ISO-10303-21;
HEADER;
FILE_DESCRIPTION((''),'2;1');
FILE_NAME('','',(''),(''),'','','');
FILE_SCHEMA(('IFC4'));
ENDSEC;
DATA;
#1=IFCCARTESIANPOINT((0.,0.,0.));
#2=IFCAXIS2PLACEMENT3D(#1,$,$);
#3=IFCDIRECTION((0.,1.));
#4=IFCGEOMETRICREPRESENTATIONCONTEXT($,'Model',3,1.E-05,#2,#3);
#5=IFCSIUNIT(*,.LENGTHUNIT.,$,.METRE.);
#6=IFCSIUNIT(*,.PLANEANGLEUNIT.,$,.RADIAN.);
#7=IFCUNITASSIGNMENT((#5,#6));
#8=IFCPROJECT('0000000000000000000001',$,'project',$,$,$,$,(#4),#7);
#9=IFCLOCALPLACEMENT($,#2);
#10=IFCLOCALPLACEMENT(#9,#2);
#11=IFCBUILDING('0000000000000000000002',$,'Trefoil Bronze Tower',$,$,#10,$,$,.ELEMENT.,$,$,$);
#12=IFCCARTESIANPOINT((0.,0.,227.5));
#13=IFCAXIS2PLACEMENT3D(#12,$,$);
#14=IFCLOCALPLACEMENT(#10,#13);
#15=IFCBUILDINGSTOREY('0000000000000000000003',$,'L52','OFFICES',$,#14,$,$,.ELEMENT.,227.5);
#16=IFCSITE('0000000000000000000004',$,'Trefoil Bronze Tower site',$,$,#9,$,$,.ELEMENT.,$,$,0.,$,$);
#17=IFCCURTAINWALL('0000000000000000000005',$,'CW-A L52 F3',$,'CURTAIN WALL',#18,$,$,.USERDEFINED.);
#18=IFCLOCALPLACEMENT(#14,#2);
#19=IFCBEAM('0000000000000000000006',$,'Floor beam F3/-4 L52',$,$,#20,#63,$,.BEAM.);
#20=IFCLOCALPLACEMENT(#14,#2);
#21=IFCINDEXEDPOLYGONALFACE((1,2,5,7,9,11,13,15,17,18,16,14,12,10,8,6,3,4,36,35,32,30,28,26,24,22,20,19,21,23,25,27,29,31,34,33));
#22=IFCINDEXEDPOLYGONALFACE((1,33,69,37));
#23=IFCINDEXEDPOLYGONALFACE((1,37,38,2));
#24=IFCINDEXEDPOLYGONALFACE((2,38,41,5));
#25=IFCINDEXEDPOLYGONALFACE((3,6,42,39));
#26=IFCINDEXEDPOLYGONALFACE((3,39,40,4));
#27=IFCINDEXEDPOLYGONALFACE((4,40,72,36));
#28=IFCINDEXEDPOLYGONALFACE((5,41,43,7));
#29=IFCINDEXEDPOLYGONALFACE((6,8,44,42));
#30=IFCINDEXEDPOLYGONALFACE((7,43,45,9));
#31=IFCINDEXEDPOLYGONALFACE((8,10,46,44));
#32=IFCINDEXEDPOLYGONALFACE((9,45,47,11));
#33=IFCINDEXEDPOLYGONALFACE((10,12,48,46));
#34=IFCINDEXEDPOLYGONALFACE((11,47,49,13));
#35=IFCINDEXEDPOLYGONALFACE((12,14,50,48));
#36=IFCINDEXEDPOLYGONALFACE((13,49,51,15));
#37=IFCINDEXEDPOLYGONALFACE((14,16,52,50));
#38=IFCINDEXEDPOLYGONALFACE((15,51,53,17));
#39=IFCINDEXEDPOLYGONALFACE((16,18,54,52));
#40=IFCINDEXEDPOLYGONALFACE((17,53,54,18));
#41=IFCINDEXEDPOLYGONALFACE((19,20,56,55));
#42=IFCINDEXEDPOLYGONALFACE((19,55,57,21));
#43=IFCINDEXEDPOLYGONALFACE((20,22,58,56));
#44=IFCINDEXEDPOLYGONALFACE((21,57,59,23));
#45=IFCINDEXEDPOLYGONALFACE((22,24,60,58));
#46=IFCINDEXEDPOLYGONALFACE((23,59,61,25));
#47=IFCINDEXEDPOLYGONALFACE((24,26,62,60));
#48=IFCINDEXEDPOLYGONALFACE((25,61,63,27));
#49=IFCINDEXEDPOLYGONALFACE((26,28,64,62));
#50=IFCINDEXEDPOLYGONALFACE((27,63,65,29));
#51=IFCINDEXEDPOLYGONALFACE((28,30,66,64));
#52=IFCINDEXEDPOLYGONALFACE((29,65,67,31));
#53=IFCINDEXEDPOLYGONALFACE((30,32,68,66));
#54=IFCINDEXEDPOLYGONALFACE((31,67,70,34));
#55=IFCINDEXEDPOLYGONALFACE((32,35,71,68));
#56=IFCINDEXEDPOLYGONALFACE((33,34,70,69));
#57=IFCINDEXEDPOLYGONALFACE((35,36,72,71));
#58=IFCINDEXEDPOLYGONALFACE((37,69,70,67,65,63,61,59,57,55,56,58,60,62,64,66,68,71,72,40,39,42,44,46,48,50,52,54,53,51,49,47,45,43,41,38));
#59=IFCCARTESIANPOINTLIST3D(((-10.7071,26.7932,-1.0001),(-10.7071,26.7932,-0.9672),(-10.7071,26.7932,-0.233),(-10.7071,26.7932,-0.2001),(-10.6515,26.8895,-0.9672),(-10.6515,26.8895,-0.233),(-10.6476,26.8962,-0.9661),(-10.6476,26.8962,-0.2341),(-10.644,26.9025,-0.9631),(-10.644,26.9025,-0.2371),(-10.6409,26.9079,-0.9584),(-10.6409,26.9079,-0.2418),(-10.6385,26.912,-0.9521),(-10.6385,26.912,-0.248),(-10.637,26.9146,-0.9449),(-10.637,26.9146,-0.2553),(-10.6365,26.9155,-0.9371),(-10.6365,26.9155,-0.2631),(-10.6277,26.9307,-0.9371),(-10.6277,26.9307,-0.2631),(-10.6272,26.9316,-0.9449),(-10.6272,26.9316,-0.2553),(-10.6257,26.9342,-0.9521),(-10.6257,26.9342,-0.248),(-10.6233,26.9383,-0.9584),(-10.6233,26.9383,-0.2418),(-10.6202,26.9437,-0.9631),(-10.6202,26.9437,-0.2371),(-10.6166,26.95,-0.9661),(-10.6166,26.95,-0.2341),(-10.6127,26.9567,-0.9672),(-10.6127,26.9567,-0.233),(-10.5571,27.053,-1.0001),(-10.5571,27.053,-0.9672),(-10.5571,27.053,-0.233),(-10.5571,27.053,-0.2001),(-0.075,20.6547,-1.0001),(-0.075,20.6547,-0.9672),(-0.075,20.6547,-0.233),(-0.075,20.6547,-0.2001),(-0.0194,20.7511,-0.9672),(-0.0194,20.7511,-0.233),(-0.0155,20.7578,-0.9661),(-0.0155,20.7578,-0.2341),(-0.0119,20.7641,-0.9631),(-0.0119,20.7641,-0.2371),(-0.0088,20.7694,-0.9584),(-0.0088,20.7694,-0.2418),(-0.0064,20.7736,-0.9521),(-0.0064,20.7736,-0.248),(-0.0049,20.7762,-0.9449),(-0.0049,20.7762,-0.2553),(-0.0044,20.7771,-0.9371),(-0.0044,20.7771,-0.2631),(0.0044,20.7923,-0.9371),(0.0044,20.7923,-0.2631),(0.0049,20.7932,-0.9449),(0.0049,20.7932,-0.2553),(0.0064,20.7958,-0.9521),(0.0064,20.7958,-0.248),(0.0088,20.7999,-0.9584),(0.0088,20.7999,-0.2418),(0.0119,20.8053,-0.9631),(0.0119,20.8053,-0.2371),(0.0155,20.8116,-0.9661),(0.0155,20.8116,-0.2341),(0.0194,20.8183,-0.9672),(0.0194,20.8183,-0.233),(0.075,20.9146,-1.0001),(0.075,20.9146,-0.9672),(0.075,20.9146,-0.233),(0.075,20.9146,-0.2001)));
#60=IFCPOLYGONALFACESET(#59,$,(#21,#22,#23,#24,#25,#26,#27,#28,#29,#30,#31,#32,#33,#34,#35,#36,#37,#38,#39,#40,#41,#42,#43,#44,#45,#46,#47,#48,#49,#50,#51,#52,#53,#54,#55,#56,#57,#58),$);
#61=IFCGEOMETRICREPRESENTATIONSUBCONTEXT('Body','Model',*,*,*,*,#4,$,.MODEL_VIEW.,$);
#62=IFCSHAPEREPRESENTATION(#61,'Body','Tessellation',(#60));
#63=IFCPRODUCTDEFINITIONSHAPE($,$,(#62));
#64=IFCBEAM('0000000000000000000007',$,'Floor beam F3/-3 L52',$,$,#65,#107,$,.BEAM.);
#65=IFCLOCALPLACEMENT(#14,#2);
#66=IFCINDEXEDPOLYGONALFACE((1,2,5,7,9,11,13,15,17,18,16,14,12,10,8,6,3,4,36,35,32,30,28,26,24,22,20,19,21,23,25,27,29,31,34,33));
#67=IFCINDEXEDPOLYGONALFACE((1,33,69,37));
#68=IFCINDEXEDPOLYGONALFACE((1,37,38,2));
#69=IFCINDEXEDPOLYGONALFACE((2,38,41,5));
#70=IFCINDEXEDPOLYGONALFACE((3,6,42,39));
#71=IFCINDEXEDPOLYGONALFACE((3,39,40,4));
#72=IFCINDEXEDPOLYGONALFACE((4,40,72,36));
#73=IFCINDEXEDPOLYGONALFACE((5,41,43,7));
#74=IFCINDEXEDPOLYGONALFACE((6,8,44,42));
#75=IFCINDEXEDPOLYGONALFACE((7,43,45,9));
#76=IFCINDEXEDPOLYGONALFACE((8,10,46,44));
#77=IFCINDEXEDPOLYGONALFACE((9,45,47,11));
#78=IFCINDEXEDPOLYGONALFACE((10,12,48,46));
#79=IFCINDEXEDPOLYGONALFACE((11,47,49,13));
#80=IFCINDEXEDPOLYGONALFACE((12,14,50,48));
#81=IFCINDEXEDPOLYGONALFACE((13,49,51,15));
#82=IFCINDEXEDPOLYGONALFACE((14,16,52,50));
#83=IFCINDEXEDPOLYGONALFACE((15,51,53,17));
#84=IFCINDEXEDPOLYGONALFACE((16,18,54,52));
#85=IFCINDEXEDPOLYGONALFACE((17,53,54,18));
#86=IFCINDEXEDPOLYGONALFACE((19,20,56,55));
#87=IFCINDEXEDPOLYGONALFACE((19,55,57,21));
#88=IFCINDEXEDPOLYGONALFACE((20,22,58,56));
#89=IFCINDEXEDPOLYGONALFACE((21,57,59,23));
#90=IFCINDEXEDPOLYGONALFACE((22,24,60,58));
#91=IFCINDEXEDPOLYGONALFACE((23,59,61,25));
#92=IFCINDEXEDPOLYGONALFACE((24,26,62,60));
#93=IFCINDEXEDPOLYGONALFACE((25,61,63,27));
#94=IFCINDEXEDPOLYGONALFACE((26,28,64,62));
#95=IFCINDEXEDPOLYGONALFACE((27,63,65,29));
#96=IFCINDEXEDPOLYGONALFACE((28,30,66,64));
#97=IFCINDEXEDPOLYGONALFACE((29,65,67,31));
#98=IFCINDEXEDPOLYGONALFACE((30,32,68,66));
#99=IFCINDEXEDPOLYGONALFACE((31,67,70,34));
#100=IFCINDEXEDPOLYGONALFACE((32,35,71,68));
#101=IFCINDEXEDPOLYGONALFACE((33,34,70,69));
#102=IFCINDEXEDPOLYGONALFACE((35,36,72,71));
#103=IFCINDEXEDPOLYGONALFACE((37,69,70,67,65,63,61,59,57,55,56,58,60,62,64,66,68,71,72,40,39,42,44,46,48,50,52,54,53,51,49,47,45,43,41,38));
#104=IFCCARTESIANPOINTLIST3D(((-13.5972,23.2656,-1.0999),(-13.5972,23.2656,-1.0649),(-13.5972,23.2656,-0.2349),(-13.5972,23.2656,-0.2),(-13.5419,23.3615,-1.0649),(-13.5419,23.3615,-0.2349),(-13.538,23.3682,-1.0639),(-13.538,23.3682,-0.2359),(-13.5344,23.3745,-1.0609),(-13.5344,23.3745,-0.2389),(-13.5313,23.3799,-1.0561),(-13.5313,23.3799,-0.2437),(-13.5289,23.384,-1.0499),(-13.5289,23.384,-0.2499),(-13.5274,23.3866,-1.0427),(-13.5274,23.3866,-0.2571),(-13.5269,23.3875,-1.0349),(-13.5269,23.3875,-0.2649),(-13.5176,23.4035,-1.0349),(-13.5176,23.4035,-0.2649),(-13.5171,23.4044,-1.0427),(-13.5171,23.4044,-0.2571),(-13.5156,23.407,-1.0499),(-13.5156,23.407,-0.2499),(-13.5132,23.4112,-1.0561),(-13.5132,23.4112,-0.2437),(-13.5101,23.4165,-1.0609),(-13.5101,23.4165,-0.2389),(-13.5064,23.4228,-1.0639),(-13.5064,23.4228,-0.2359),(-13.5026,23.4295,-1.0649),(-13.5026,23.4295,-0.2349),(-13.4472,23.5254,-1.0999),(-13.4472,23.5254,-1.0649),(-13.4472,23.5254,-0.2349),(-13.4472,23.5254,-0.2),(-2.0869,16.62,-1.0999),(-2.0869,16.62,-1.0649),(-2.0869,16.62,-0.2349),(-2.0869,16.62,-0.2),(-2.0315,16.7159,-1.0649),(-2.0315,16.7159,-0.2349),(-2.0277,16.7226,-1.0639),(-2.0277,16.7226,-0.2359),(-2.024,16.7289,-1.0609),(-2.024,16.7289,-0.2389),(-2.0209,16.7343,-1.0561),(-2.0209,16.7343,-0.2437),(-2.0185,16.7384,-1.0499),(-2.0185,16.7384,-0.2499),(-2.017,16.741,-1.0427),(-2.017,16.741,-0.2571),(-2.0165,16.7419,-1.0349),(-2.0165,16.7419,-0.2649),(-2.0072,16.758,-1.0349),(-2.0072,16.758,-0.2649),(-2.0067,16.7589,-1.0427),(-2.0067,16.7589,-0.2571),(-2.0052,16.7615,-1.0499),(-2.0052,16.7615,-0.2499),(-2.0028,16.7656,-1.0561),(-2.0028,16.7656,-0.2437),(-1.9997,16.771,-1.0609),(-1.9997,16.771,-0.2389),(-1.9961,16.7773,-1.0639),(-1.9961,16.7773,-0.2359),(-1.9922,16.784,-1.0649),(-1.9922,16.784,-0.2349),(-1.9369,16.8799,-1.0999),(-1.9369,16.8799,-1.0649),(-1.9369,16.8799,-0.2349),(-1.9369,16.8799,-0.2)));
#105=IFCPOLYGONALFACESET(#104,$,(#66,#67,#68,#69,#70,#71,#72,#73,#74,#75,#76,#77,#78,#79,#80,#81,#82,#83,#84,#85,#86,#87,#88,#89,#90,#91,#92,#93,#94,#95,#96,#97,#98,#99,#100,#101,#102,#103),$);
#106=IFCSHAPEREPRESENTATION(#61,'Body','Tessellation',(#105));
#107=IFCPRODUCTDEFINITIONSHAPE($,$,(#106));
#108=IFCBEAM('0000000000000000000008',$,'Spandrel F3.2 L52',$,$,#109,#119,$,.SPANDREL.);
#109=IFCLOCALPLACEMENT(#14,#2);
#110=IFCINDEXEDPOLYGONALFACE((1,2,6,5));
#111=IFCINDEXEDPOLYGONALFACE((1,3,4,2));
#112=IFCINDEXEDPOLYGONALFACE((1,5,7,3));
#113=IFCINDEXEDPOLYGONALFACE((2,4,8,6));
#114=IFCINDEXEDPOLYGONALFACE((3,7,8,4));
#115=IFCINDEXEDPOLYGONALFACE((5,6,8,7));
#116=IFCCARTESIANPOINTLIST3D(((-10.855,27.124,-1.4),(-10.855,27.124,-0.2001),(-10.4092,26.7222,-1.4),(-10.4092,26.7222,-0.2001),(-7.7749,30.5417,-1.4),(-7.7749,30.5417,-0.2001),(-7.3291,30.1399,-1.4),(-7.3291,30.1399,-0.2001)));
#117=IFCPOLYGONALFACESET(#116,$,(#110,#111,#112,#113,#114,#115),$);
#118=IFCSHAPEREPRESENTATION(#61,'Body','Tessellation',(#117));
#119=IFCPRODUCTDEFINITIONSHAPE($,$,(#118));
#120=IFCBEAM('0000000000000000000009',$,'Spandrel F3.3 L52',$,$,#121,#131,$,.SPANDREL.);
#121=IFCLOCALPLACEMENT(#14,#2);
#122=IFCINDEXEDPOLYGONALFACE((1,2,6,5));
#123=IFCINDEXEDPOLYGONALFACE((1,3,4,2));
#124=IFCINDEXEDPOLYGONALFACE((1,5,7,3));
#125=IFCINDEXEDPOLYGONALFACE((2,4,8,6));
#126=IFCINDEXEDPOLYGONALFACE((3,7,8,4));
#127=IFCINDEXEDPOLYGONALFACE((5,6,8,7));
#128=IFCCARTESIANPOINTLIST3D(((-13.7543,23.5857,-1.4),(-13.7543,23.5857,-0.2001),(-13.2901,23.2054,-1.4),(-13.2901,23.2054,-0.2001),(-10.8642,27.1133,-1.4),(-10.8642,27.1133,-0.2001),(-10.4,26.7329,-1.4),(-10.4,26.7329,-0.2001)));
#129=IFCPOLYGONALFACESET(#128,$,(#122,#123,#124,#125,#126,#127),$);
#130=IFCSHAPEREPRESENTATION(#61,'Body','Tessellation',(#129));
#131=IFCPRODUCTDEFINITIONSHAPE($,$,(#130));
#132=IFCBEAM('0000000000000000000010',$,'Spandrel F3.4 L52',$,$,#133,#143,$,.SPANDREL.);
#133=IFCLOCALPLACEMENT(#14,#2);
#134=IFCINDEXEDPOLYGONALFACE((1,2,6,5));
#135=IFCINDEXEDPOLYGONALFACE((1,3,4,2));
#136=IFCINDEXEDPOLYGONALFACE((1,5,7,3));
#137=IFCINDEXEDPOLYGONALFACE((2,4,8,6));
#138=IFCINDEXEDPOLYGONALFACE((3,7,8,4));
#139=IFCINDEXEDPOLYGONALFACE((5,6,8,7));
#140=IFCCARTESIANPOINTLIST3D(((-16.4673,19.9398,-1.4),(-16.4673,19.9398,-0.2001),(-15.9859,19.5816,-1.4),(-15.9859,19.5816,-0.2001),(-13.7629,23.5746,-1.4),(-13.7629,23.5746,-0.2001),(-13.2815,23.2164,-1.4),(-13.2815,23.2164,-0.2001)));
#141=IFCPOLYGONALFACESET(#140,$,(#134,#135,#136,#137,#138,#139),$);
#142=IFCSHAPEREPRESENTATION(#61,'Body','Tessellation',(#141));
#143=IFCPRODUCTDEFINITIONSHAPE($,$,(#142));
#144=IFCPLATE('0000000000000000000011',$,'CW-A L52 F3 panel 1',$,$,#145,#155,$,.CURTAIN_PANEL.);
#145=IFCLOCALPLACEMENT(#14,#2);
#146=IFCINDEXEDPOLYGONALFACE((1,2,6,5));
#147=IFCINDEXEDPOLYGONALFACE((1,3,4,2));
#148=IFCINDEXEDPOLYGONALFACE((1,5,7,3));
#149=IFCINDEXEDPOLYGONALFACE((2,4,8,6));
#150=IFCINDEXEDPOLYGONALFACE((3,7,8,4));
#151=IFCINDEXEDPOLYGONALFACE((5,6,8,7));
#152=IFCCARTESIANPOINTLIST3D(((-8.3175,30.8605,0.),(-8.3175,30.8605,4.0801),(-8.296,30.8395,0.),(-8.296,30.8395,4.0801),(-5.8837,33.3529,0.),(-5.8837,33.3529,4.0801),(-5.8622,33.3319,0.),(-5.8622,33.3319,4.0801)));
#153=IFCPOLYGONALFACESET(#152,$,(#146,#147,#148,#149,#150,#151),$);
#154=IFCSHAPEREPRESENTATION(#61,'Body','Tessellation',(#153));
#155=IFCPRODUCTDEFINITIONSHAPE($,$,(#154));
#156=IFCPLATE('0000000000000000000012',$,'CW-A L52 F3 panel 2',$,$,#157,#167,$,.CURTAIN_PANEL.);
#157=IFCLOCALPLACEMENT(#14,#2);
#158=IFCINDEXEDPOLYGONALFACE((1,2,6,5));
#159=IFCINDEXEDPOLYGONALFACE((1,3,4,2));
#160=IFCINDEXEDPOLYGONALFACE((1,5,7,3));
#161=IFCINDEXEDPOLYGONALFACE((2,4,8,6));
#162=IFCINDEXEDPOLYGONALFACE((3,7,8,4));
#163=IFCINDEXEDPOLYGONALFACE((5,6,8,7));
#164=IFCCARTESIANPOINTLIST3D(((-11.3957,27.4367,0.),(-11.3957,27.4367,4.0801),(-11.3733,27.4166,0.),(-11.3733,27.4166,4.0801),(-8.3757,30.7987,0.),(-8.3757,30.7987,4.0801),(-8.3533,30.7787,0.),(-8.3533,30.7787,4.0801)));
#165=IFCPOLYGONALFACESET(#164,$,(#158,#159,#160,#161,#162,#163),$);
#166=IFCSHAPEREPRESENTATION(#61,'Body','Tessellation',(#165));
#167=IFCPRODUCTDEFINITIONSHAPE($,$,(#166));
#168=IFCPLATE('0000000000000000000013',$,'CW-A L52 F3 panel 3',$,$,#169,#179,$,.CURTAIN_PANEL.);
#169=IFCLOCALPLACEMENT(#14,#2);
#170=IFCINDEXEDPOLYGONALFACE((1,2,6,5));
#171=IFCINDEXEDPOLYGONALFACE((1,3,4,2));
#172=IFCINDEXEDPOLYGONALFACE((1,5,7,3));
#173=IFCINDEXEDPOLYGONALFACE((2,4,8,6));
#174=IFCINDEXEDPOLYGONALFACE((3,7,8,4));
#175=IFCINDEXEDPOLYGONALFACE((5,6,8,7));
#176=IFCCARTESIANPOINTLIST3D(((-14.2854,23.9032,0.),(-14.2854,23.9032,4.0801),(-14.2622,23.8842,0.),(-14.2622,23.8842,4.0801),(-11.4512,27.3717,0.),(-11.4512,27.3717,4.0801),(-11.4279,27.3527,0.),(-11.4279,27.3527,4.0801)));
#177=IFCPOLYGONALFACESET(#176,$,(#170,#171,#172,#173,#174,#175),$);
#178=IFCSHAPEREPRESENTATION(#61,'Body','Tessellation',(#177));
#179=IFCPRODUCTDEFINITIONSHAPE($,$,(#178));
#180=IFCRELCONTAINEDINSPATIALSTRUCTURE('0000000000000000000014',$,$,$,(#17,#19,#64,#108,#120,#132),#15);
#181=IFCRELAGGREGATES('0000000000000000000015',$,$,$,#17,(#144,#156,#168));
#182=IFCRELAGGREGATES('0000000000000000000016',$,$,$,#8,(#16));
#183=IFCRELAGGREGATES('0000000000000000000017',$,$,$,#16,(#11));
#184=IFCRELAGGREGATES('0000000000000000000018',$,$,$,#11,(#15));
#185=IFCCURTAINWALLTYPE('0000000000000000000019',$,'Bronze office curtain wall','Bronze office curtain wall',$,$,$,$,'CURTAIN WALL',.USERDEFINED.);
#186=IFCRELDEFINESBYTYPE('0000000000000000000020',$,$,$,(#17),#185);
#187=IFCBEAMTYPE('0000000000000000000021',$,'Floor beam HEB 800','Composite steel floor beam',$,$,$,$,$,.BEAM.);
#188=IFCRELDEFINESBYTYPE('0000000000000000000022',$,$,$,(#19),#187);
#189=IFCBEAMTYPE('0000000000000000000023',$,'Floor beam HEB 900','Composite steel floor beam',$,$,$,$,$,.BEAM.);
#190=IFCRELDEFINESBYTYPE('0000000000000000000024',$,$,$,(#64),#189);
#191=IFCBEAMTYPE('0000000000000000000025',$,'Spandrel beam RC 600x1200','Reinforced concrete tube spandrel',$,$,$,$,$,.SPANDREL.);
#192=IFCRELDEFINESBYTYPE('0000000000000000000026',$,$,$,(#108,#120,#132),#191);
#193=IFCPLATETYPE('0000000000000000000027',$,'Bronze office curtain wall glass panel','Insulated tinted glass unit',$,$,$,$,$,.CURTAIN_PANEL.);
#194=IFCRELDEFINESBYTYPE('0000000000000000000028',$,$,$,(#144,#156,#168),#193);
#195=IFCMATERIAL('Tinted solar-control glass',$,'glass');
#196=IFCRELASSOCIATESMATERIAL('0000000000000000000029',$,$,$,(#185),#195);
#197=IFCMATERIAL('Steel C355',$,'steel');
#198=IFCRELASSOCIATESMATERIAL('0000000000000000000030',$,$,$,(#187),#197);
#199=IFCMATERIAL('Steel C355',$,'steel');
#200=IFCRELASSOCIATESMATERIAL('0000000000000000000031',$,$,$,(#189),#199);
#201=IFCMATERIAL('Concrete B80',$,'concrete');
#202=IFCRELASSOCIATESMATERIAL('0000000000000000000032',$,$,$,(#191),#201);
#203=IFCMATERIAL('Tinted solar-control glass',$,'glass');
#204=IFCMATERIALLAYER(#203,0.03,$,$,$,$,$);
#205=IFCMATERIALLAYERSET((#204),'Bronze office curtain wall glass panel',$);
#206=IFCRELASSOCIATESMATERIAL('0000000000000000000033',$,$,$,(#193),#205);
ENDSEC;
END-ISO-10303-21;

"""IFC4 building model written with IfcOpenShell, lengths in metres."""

from ifc_helpers import new_model, si_unit, direction, frame, origin, origin_2d, place, context, subcontext, project, spatial, rectangle, i_section, extrude, material, layer, layer_set, material_profile, profile_set, type_object, element, aggregate, save


model = new_model("IFC4")

# Units and contexts
model_context = context("Model", 3, precision=1e-05, world=origin(), true_north=direction((0.0, 1.0)))
body_context = subcontext(model_context, "Body", "Model", "MODEL_VIEW")
ifc_project = project(units=[si_unit("LENGTHUNIT", "METRE"), si_unit("PLANEANGLEUNIT", "RADIAN")], contexts=[model_context])

# Site, building, storey
site_placement = place(None, origin())
site = spatial("IfcSite", under=ifc_project, at=site_placement, Name="Trefoil Bronze Tower site", CompositionType="ELEMENT", RefElevation=0.0)
building_placement = place(site_placement, origin())
building = spatial("IfcBuilding", under=site, at=building_placement, Name="Trefoil Bronze Tower", CompositionType="ELEMENT")
storey_placement = place(building_placement, frame((0.0, 0.0, 227.5)))
storey = spatial("IfcBuildingStorey", under=building, at=storey_placement, Name="L52", Description="OFFICES", CompositionType="ELEMENT", Elevation=227.5)

# Curtain wall
ifc_material_1 = material(Name="Tinted solar-control glass", Category="glass")
curtain_wall_type_1 = type_object("IfcCurtainWallType", Name="Bronze office curtain wall", Description="Bronze office curtain wall", ElementType="CURTAIN WALL", PredefinedType="USERDEFINED", material=ifc_material_1)
curtain_wall_1_placement = place(storey_placement, origin())
curtain_wall_1 = element("IfcCurtainWall", 1, at=curtain_wall_1_placement, inside=storey, type_object=curtain_wall_type_1, Name="CW-A L52 F3", ObjectType="CURTAIN WALL", PredefinedType="USERDEFINED")

# Beams
ifc_material_2 = material(Name="Steel C355", Category="steel")
ifc_material_profile_1 = material_profile(ifc_material_2, i_section(OverallWidth=0.3, OverallDepth=0.8, WebThickness=0.0176, FlangeThickness=0.033, FilletRadius=0.03, at=origin_2d()), Name="HEB 800")
ifc_profile_set_1 = profile_set([ifc_material_profile_1], Name="Steel C355")
beam_type_1 = type_object("IfcBeamType", Name="Floor beam HEB 800", Description="Composite steel floor beam", PredefinedType="BEAM", material=ifc_profile_set_1)
beam_1_placement = place(storey_placement, frame((-10.6321, 26.9231, -0.6001), z_axis=(0.866026, -0.5, 0.0), x_axis=(0.5, 0.866026, 0.0)))
element("IfcBeam", 2, at=beam_1_placement, inside=storey, type_object=beam_type_1, Name="Floor beam F3/-4 L52", PredefinedType="BEAM", context=body_context, shape_type="SweptSolid", body=[
    extrude(i_section(OverallWidth=0.3, OverallDepth=0.8, WebThickness=0.0176, FlangeThickness=0.033, FilletRadius=0.03, at=origin_2d()), origin(), (0.0, 0.0, 1.0), 12.2769),
])
ifc_material_3 = material(Name="Steel C355", Category="steel")
ifc_material_profile_2 = material_profile(ifc_material_3, i_section(OverallWidth=0.3, OverallDepth=0.8999, WebThickness=0.0186, FlangeThickness=0.0349, FilletRadius=0.03, at=origin_2d()), Name="HEB 900")
ifc_profile_set_2 = profile_set([ifc_material_profile_2], Name="Steel C355")
beam_type_2 = type_object("IfcBeamType", Name="Floor beam HEB 900", Description="Composite steel floor beam", PredefinedType="BEAM", material=ifc_profile_set_2)
beam_2_placement = place(storey_placement, frame((-13.5222, 23.3955, -0.6499), z_axis=(0.866023, -0.500003, 0.0), x_axis=(0.500003, 0.866023, 0.0)))
element("IfcBeam", 3, at=beam_2_placement, inside=storey, type_object=beam_type_2, Name="Floor beam F3/-3 L52", PredefinedType="BEAM", context=body_context, shape_type="SweptSolid", body=[
    extrude(i_section(OverallWidth=0.3, OverallDepth=0.8999, WebThickness=0.0186, FlangeThickness=0.0349, FilletRadius=0.03, at=origin_2d()), origin(), (0.0, 0.0, 1.0), 13.291),
])
ifc_material_4 = material(Name="Concrete B80", Category="concrete")
ifc_material_profile_3 = material_profile(ifc_material_4, rectangle(XDim=0.6001, YDim=1.2, at=origin_2d()), Name="RC 600x1200")
ifc_profile_set_3 = profile_set([ifc_material_profile_3], Name="Concrete B80")
beam_type_3 = type_object("IfcBeamType", Name="Spandrel beam RC 600x1200", Description="Reinforced concrete tube spandrel", PredefinedType="SPANDREL", material=ifc_profile_set_3)
beam_3_placement = place(storey_placement, frame((-7.552, 30.3408, -0.8), z_axis=(-0.66946, -0.742848, 0.0), x_axis=(0.742848, -0.66946, 0.0)))
element("IfcBeam", 4, at=beam_3_placement, inside=storey, type_object=beam_type_3, Name="Spandrel F3.2 L52", PredefinedType="SPANDREL", context=body_context, shape_type="SweptSolid", body=[
    extrude(rectangle(XDim=0.6001, YDim=1.2, at=origin_2d()), origin(), (0.0, 0.0, 1.0), 4.6008),
])
beam_4_placement = place(storey_placement, frame((-10.6321, 26.9231, -0.8), z_axis=(-0.633754, -0.773535, 0.0), x_axis=(0.773535, -0.633754, 0.0)))
element("IfcBeam", 5, at=beam_4_placement, inside=storey, type_object=beam_type_3, Name="Spandrel F3.3 L52", PredefinedType="SPANDREL", context=body_context, shape_type="SweptSolid", body=[
    extrude(rectangle(XDim=0.6001, YDim=1.2, at=origin_2d()), origin(), (0.0, 0.0, 1.0), 4.5603),
])
beam_5_placement = place(storey_placement, frame((-13.5222, 23.3955, -0.8), z_axis=(-0.596926, -0.802296, 0.0), x_axis=(0.802296, -0.596926, 0.0)))
element("IfcBeam", 6, at=beam_5_placement, inside=storey, type_object=beam_type_3, Name="Spandrel F3.4 L52", PredefinedType="SPANDREL", context=body_context, shape_type="SweptSolid", body=[
    extrude(rectangle(XDim=0.6001, YDim=1.2, at=origin_2d()), origin(), (0.0, 0.0, 1.0), 4.5305),
])

# Plates
ifc_material_5 = material(Name="Tinted solar-control glass", Category="glass")
ifc_layer_1 = layer(ifc_material_5, 0.03)
ifc_layer_set_1 = layer_set([ifc_layer_1], Name="Bronze office curtain wall glass panel")
plate_type_1 = type_object("IfcPlateType", Name="Bronze office curtain wall glass panel", Description="Insulated tinted glass unit", PredefinedType="CURTAIN_PANEL", material=ifc_layer_set_1)
plate_1_placement = place(storey_placement, frame((-7.0898, 32.0962, 0.0), z_axis=(0.0, 0.0, 1.0), x_axis=(-0.698652, -0.715462, 0.0)))
plate_1 = element("IfcPlate", 7, at=plate_1_placement, type_object=plate_type_1, Name="CW-A L52 F3 panel 1", PredefinedType="CURTAIN_PANEL", context=body_context, shape_type="SweptSolid", body=[
    extrude(rectangle(XDim=3.4836, YDim=0.03, at=origin_2d()), origin(), (0.0, 0.0, 1.0), 4.0801),
])
plate_2_placement = place(storey_placement, frame((-9.8745, 29.1077, 0.0), z_axis=(0.0, 0.0, 1.0), x_axis=(-0.668246, -0.743941, 0.0)))
plate_2 = element("IfcPlate", 8, at=plate_2_placement, type_object=plate_type_1, Name="CW-A L52 F3 panel 2", PredefinedType="CURTAIN_PANEL", context=body_context, shape_type="SweptSolid", body=[
    extrude(rectangle(XDim=4.5193, YDim=0.03, at=origin_2d()), origin(), (0.0, 0.0, 1.0), 4.0801),
])
plate_3_placement = place(storey_placement, frame((-12.8567, 25.6279, 0.0), z_axis=(0.0, 0.0, 1.0), x_axis=(-0.632753, -0.774354, 0.0)))
plate_3 = element("IfcPlate", 9, at=plate_3_placement, type_object=plate_type_1, Name="CW-A L52 F3 panel 3", PredefinedType="CURTAIN_PANEL", context=body_context, shape_type="SweptSolid", body=[
    extrude(rectangle(XDim=4.4792, YDim=0.03, at=origin_2d()), origin(), (0.0, 0.0, 1.0), 4.0801),
])
aggregate(curtain_wall_1, [plate_1, plate_2, plate_3])

save(model, "model.ifc")
